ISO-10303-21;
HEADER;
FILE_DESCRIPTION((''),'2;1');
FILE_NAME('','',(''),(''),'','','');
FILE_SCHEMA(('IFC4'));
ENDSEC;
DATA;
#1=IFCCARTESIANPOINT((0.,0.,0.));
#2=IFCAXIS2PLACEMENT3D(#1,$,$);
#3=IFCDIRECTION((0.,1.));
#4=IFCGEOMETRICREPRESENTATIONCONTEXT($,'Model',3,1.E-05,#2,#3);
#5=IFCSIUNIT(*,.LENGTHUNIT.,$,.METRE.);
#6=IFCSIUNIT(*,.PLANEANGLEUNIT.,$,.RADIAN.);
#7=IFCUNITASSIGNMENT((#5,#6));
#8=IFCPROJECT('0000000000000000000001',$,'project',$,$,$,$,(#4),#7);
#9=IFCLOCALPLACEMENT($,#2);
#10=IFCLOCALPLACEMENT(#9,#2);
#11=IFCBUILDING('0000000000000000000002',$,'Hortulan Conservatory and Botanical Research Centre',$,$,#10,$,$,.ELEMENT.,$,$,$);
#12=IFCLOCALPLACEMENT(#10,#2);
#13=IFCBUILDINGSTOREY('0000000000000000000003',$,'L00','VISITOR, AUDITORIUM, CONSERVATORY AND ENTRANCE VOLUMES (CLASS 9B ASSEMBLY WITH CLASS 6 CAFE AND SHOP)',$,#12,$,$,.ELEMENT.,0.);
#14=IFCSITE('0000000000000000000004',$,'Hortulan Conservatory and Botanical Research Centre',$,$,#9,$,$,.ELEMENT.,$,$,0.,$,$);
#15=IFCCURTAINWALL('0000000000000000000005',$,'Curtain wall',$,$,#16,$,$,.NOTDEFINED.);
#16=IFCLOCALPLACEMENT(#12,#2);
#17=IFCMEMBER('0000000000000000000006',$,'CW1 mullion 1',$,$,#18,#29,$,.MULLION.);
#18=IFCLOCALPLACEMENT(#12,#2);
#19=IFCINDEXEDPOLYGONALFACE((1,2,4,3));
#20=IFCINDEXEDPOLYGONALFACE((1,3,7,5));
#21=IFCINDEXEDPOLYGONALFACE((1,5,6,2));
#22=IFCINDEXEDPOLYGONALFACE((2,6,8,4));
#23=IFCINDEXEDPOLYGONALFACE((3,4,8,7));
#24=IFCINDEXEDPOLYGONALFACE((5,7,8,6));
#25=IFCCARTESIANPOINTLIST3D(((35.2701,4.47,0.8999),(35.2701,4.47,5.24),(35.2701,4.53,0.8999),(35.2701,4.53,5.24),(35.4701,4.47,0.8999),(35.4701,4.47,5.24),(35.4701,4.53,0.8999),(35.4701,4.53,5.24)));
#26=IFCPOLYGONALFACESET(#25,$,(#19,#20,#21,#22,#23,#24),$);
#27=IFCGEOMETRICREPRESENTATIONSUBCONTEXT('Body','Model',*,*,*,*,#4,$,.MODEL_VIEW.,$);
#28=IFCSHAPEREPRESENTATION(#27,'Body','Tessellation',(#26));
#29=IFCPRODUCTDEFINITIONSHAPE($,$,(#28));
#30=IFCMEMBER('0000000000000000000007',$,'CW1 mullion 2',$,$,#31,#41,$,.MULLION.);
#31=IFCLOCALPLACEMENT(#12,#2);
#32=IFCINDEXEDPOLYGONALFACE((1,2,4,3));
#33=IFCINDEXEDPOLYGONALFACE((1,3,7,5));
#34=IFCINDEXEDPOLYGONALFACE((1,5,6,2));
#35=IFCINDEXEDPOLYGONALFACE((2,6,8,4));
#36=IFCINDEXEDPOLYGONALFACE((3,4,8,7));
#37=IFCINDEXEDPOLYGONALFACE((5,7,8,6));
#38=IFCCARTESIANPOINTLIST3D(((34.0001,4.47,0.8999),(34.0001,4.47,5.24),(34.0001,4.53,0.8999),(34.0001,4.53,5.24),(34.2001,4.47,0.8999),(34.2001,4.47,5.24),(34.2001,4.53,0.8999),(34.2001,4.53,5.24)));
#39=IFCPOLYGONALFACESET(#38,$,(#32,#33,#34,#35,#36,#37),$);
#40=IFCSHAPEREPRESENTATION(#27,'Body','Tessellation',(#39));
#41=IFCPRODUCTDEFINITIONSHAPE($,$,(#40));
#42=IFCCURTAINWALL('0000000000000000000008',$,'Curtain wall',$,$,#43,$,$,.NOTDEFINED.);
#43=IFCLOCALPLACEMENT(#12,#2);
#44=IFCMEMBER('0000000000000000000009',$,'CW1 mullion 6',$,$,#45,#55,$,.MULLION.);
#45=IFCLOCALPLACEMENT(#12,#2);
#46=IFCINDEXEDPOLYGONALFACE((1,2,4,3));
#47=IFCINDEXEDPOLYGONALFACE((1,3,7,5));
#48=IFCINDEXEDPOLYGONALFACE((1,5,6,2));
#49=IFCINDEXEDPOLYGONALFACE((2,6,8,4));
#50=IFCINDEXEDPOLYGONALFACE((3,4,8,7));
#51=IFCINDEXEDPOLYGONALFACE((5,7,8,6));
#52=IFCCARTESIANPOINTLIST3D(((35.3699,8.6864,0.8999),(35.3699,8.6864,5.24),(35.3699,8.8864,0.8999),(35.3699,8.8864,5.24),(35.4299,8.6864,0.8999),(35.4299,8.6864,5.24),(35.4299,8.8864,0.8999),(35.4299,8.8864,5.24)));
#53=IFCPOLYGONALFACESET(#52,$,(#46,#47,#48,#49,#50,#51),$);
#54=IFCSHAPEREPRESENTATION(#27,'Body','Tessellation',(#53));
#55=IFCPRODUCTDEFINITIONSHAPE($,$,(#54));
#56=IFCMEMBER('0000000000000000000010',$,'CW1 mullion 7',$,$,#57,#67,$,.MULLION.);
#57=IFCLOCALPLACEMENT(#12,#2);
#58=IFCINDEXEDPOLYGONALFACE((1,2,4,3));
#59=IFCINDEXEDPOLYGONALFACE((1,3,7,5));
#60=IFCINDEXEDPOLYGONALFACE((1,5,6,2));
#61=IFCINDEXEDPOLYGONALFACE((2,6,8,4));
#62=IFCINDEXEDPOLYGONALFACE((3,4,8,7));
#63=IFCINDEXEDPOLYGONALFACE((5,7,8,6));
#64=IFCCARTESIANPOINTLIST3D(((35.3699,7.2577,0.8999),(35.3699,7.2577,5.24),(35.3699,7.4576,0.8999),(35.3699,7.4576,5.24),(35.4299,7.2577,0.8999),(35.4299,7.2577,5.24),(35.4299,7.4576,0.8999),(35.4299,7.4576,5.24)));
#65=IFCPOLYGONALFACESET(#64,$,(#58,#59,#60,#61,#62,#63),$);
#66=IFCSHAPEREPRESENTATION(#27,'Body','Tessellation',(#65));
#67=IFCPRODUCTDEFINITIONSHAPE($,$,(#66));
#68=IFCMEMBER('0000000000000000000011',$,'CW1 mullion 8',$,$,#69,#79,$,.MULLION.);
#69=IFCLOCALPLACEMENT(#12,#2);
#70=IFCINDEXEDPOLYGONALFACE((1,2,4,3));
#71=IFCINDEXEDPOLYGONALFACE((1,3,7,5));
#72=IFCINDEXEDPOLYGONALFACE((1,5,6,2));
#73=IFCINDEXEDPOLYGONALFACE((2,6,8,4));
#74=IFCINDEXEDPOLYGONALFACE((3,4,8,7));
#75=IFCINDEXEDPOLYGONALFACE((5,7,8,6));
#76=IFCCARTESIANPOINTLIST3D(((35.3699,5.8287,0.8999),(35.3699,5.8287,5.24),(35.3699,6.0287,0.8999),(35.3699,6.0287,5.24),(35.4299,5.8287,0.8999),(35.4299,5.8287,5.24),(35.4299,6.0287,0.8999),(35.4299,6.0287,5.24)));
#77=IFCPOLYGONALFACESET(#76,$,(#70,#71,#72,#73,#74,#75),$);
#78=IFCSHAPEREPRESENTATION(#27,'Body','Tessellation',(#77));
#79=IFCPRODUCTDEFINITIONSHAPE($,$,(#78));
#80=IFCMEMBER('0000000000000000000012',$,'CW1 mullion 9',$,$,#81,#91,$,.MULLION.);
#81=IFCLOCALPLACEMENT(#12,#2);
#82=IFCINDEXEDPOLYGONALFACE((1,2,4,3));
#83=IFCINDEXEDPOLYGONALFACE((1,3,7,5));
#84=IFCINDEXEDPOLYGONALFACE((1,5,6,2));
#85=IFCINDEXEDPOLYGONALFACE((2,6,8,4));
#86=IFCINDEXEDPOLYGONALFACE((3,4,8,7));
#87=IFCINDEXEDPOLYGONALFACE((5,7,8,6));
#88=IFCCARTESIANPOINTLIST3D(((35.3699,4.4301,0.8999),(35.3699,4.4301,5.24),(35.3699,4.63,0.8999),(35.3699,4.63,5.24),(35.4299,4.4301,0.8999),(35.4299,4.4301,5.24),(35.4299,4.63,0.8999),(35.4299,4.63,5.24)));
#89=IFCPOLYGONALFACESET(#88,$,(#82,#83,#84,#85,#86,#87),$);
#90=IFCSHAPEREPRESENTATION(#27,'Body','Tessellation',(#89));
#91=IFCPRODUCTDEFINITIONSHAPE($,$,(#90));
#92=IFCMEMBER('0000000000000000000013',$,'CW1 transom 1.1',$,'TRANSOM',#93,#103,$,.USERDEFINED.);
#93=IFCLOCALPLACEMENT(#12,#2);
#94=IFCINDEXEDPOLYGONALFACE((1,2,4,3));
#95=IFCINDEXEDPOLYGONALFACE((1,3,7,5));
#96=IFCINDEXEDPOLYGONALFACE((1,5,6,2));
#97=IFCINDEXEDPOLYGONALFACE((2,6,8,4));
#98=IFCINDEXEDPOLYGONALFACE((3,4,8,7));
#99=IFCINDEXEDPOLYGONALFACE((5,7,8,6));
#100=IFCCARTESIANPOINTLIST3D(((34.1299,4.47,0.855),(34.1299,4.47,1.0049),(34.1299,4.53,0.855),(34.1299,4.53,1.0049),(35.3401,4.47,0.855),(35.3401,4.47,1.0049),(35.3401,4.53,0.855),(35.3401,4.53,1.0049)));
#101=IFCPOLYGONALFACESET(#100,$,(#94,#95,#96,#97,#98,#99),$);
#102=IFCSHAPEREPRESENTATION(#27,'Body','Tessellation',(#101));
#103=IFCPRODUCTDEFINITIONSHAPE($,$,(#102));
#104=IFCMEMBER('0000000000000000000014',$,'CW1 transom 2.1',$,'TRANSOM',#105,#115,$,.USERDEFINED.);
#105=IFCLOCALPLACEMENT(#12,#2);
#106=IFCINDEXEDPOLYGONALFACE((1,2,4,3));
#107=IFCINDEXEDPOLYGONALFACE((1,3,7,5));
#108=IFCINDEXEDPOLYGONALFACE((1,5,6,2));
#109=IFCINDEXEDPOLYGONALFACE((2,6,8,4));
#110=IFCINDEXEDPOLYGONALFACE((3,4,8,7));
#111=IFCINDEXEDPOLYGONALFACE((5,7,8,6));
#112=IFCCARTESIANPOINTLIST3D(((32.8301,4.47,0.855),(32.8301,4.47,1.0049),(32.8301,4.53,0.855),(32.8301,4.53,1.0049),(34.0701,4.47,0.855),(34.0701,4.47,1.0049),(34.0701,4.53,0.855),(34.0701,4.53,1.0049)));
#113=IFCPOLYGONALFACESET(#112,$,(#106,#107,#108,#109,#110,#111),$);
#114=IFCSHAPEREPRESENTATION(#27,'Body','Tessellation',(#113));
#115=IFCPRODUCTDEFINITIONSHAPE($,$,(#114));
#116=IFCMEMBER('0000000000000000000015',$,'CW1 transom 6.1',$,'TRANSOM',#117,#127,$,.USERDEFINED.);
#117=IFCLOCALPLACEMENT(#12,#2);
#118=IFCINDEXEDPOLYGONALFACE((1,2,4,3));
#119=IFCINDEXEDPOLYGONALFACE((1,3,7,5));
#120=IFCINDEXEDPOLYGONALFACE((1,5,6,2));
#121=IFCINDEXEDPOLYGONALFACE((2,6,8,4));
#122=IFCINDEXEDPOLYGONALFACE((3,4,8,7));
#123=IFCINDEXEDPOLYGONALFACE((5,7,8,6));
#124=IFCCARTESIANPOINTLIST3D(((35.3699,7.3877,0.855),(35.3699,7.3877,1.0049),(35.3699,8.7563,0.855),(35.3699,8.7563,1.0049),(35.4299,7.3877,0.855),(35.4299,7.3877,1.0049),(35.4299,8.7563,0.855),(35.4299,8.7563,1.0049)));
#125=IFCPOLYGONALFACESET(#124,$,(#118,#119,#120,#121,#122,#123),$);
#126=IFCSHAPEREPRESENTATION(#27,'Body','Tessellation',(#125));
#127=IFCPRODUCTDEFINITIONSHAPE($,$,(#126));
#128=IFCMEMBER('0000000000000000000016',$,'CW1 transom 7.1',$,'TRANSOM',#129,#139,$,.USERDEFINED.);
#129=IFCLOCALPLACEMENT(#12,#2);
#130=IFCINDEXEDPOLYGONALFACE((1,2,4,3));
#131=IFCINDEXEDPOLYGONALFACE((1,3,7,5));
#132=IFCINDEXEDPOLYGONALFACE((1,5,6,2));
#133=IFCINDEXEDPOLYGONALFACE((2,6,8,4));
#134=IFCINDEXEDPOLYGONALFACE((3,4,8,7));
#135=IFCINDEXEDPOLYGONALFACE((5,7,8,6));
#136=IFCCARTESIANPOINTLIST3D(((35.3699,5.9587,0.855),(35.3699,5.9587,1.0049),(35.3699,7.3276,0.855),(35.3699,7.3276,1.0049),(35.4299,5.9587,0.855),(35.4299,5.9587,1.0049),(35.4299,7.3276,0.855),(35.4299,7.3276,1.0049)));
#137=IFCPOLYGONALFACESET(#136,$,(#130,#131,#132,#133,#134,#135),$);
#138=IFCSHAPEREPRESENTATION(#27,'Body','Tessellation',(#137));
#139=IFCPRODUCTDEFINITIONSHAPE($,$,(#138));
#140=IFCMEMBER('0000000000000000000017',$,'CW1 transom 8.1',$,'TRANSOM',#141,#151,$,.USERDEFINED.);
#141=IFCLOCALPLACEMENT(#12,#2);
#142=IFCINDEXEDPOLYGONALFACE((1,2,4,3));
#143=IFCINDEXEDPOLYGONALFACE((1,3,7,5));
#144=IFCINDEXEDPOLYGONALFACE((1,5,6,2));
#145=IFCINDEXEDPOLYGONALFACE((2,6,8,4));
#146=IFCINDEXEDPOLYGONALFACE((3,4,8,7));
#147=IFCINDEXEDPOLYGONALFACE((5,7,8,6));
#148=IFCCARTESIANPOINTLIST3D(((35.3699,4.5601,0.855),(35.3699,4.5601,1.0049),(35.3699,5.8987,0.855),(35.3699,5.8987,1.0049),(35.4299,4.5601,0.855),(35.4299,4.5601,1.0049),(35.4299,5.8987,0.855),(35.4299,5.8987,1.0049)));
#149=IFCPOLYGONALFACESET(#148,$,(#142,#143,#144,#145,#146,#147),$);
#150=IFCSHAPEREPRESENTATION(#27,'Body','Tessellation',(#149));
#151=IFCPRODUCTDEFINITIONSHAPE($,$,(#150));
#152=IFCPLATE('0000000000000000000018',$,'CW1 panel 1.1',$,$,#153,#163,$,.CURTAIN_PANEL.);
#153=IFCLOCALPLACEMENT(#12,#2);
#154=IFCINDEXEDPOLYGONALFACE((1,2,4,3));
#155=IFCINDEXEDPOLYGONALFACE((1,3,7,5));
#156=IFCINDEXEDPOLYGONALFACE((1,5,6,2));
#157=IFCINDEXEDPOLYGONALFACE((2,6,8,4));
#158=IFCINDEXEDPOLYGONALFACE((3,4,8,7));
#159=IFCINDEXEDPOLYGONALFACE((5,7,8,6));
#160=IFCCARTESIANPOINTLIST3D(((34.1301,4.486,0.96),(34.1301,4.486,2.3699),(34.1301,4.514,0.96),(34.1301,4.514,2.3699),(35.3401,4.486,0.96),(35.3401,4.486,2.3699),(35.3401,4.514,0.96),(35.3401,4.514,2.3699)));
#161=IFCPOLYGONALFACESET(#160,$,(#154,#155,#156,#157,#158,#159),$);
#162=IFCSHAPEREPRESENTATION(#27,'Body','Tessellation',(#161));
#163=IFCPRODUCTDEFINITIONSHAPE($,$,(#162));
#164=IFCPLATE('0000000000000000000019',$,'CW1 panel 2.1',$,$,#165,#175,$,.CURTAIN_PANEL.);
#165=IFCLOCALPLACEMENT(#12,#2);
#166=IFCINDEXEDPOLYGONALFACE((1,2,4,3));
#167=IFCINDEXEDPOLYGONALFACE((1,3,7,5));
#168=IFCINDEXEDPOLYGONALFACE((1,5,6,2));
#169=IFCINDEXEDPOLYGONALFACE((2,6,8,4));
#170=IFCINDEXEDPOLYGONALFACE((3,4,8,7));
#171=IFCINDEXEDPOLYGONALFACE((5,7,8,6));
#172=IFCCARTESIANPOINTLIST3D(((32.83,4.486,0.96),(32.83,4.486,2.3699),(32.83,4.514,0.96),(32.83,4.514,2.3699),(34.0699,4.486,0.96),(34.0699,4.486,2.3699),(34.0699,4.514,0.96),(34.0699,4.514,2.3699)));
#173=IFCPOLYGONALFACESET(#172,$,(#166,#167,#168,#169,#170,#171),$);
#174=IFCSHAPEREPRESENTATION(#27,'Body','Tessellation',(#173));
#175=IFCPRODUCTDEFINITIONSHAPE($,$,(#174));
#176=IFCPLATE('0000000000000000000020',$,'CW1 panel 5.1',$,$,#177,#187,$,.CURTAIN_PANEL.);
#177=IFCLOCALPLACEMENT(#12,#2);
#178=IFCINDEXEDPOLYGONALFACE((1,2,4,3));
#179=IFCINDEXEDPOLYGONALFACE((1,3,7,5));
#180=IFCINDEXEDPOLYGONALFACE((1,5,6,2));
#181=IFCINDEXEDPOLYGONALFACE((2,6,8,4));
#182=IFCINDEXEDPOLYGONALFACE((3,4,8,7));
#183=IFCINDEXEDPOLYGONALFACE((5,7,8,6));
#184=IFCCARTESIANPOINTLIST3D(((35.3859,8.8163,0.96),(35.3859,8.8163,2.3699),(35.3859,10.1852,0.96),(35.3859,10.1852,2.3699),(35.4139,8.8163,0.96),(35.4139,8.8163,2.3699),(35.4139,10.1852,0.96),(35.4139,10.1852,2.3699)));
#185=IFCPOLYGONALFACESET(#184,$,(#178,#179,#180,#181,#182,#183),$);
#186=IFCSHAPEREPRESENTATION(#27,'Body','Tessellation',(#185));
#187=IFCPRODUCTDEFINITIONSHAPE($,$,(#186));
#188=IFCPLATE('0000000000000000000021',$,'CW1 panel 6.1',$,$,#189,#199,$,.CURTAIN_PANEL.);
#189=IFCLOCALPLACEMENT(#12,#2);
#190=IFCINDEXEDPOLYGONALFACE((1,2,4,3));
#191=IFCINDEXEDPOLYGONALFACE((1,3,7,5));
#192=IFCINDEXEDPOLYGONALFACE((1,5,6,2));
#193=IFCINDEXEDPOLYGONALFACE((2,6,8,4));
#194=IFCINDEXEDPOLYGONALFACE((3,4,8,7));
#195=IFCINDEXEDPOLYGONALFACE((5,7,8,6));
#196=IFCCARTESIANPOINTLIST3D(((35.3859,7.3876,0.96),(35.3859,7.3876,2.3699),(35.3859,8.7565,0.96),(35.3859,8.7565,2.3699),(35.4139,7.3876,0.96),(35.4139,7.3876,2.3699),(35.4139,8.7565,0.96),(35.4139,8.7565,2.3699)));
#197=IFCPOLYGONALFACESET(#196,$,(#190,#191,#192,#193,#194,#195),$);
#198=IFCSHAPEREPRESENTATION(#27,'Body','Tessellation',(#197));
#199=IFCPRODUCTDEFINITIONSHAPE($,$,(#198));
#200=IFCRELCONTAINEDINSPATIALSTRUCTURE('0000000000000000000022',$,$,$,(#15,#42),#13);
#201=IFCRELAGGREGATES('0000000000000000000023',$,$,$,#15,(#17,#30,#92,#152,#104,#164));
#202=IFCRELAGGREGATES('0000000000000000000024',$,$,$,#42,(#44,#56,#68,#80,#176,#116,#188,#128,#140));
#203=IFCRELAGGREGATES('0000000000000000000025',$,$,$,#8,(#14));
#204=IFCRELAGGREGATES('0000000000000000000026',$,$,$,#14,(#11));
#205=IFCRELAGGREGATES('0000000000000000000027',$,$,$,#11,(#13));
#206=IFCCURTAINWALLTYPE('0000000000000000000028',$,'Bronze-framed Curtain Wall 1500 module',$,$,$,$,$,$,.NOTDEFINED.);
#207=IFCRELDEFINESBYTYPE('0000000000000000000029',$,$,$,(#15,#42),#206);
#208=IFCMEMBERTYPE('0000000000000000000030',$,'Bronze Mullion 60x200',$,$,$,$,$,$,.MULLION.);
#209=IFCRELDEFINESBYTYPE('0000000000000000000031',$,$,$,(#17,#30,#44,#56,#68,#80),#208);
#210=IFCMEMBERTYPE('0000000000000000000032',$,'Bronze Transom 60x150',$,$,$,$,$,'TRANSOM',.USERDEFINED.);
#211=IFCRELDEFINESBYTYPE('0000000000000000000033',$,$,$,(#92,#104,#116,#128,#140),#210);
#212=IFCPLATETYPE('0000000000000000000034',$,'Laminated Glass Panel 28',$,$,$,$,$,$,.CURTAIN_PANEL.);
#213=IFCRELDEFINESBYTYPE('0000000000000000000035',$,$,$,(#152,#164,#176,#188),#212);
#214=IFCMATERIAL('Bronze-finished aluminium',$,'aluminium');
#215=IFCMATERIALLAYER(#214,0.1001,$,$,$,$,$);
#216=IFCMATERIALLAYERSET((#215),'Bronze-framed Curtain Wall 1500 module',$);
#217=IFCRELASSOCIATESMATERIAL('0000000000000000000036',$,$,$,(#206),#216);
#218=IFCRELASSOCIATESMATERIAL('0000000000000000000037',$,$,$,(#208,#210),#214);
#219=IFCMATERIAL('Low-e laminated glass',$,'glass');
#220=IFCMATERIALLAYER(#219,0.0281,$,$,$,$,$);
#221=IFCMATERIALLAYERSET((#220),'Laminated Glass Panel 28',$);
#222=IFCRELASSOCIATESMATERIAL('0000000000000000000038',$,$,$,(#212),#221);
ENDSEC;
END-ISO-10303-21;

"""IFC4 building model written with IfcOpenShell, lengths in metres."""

from ifc_helpers import new_model, si_unit, direction, frame, origin, origin_2d, place, context, subcontext, project, spatial, rectangle, extrude, material, layer, layer_set, material_profile, profile_set, type_object, element, aggregate, save


model = new_model("IFC4")

# Units and contexts
model_context = context("Model", 3, precision=1e-05, world=origin(), true_north=direction((0.0, 1.0)))
body_context = subcontext(model_context, "Body", "Model", "MODEL_VIEW")
ifc_project = project(units=[si_unit("LENGTHUNIT", "METRE"), si_unit("PLANEANGLEUNIT", "RADIAN")], contexts=[model_context])

# Site, building, storey
site_placement = place(None, origin())
site = spatial("IfcSite", under=ifc_project, at=site_placement, Name="Hortulan Conservatory and Botanical Research Centre", CompositionType="ELEMENT", RefElevation=0.0)
building_placement = place(site_placement, origin())
building = spatial("IfcBuilding", under=site, at=building_placement, Name="Hortulan Conservatory and Botanical Research Centre", CompositionType="ELEMENT")
storey_placement = place(building_placement, origin())
storey = spatial("IfcBuildingStorey", under=building, at=storey_placement, Name="L00", Description="VISITOR, AUDITORIUM, CONSERVATORY AND ENTRANCE VOLUMES (CLASS 9B ASSEMBLY WITH CLASS 6 CAFE AND SHOP)", CompositionType="ELEMENT", Elevation=0.0)

# Curtain walls, members
ifc_material_1 = material(Name="Bronze-finished aluminium", Category="aluminium")
ifc_layer_1 = layer(ifc_material_1, 0.1001)
ifc_layer_set_1 = layer_set([ifc_layer_1], Name="Bronze-framed Curtain Wall 1500 module")
curtain_wall_type = type_object("IfcCurtainWallType", Name="Bronze-framed Curtain Wall 1500 module", PredefinedType="NOTDEFINED", material=ifc_layer_set_1)
curtain_wall_1_placement = place(storey_placement, origin())
curtain_wall_1 = element("IfcCurtainWall", 1, at=curtain_wall_1_placement, inside=storey, type_object=curtain_wall_type, Name="Curtain wall", PredefinedType="NOTDEFINED")
ifc_material_profile_1 = material_profile(ifc_material_1, rectangle(XDim=0.0601, YDim=0.2, at=origin_2d()), Name="Bronze Mullion 60x200")
ifc_profile_set_1 = profile_set([ifc_material_profile_1], Name="Bronze-finished aluminium")
member_type_1 = type_object("IfcMemberType", Name="Bronze Mullion 60x200", PredefinedType="MULLION", material=ifc_profile_set_1)
member_1_placement = place(storey_placement, frame((35.3701, 4.5, 0.8999), z_axis=(0.0, 0.0, 1.0), x_axis=(0.0, -1.0, 0.0)))
member_1 = element("IfcMember", 2, at=member_1_placement, type_object=member_type_1, Name="CW1 mullion 1", PredefinedType="MULLION", context=body_context, shape_type="SweptSolid", body=[
    extrude(rectangle(XDim=0.0601, YDim=0.2, at=origin_2d()), origin(), (0.0, 0.0, 1.0), 4.3401),
])
member_2_placement = place(storey_placement, frame((34.1001, 4.5, 0.8999), z_axis=(0.0, 0.0, 1.0), x_axis=(0.0, -1.0, 0.0)))
member_2 = element("IfcMember", 3, at=member_2_placement, type_object=member_type_1, Name="CW1 mullion 2", PredefinedType="MULLION", context=body_context, shape_type="SweptSolid", body=[
    extrude(rectangle(XDim=0.0601, YDim=0.2, at=origin_2d()), origin(), (0.0, 0.0, 1.0), 4.3401),
])
curtain_wall_2_placement = place(storey_placement, origin())
curtain_wall_2 = element("IfcCurtainWall", 4, at=curtain_wall_2_placement, inside=storey, type_object=curtain_wall_type, Name="Curtain wall", PredefinedType="NOTDEFINED")
member_3_placement = place(storey_placement, frame((35.3999, 8.7864, 0.8999), z_axis=(0.0, 0.0, 1.0), x_axis=(1.0, 0.0, 0.0)))
member_3 = element("IfcMember", 5, at=member_3_placement, type_object=member_type_1, Name="CW1 mullion 6", PredefinedType="MULLION", context=body_context, shape_type="SweptSolid", body=[
    extrude(rectangle(XDim=0.0601, YDim=0.2, at=origin_2d()), origin(), (0.0, 0.0, 1.0), 4.3401),
])
member_4_placement = place(storey_placement, frame((35.3999, 7.3577, 0.8999), z_axis=(0.0, 0.0, 1.0), x_axis=(1.0, 0.0, 0.0)))
member_4 = element("IfcMember", 6, at=member_4_placement, type_object=member_type_1, Name="CW1 mullion 7", PredefinedType="MULLION", context=body_context, shape_type="SweptSolid", body=[
    extrude(rectangle(XDim=0.0601, YDim=0.2, at=origin_2d()), origin(), (0.0, 0.0, 1.0), 4.3401),
])
member_5_placement = place(storey_placement, frame((35.3999, 5.9287, 0.8999), z_axis=(0.0, 0.0, 1.0), x_axis=(1.0, 0.0, 0.0)))
member_5 = element("IfcMember", 7, at=member_5_placement, type_object=member_type_1, Name="CW1 mullion 8", PredefinedType="MULLION", context=body_context, shape_type="SweptSolid", body=[
    extrude(rectangle(XDim=0.0601, YDim=0.2, at=origin_2d()), origin(), (0.0, 0.0, 1.0), 4.3401),
])
member_6_placement = place(storey_placement, frame((35.3999, 4.53, 0.8999), z_axis=(0.0, 0.0, 1.0), x_axis=(1.0, 0.0, 0.0)))
member_6 = element("IfcMember", 8, at=member_6_placement, type_object=member_type_1, Name="CW1 mullion 9", PredefinedType="MULLION", context=body_context, shape_type="SweptSolid", body=[
    extrude(rectangle(XDim=0.0601, YDim=0.2, at=origin_2d()), origin(), (0.0, 0.0, 1.0), 4.3401),
])

# Members
ifc_material_profile_2 = material_profile(ifc_material_1, rectangle(XDim=0.0601, YDim=0.1499, at=origin_2d()), Name="Bronze Transom 60x150")
ifc_profile_set_2 = profile_set([ifc_material_profile_2], Name="Bronze-finished aluminium")
member_type_2 = type_object("IfcMemberType", Name="Bronze Transom 60x150", ElementType="TRANSOM", PredefinedType="USERDEFINED", material=ifc_profile_set_2)
member_7_placement = place(storey_placement, frame((35.3401, 4.5, 0.9299), z_axis=(-1.0, 0.0, 0.0), x_axis=(0.0, -1.0, 0.0)))
member_7 = element("IfcMember", 9, at=member_7_placement, type_object=member_type_2, Name="CW1 transom 1.1", ObjectType="TRANSOM", PredefinedType="USERDEFINED", context=body_context, shape_type="SweptSolid", body=[
    extrude(rectangle(XDim=0.0601, YDim=0.1499, at=origin_2d()), origin(), (0.0, 0.0, 1.0), 1.2102),
])
member_8_placement = place(storey_placement, frame((34.0701, 4.5, 0.9299), z_axis=(-1.0, 0.0, 0.0), x_axis=(0.0, -1.0, 0.0)))
member_8 = element("IfcMember", 10, at=member_8_placement, type_object=member_type_2, Name="CW1 transom 2.1", ObjectType="TRANSOM", PredefinedType="USERDEFINED", context=body_context, shape_type="SweptSolid", body=[
    extrude(rectangle(XDim=0.0601, YDim=0.1499, at=origin_2d()), origin(), (0.0, 0.0, 1.0), 1.24),
])
member_9_placement = place(storey_placement, frame((35.3999, 8.7563, 0.9299), z_axis=(0.0, -1.0, 0.0), x_axis=(1.0, 0.0, 0.0)))
member_9 = element("IfcMember", 11, at=member_9_placement, type_object=member_type_2, Name="CW1 transom 6.1", ObjectType="TRANSOM", PredefinedType="USERDEFINED", context=body_context, shape_type="SweptSolid", body=[
    extrude(rectangle(XDim=0.0601, YDim=0.1499, at=origin_2d()), origin(), (0.0, 0.0, 1.0), 1.3687),
])
member_10_placement = place(storey_placement, frame((35.3999, 7.3276, 0.9299), z_axis=(0.0, -1.0, 0.0), x_axis=(1.0, 0.0, 0.0)))
member_10 = element("IfcMember", 12, at=member_10_placement, type_object=member_type_2, Name="CW1 transom 7.1", ObjectType="TRANSOM", PredefinedType="USERDEFINED", context=body_context, shape_type="SweptSolid", body=[
    extrude(rectangle(XDim=0.0601, YDim=0.1499, at=origin_2d()), origin(), (0.0, 0.0, 1.0), 1.3689),
])
member_11_placement = place(storey_placement, frame((35.3999, 5.8987, 0.9299), z_axis=(0.0, -1.0, 0.0), x_axis=(1.0, 0.0, 0.0)))
member_11 = element("IfcMember", 13, at=member_11_placement, type_object=member_type_2, Name="CW1 transom 8.1", ObjectType="TRANSOM", PredefinedType="USERDEFINED", context=body_context, shape_type="SweptSolid", body=[
    extrude(rectangle(XDim=0.0601, YDim=0.1499, at=origin_2d()), origin(), (0.0, 0.0, 1.0), 1.3386),
])

# Plates
ifc_material_2 = material(Name="Low-e laminated glass", Category="glass")
ifc_layer_2 = layer(ifc_material_2, 0.0281)
ifc_layer_set_2 = layer_set([ifc_layer_2], Name="Laminated Glass Panel 28")
plate_type = type_object("IfcPlateType", Name="Laminated Glass Panel 28", PredefinedType="CURTAIN_PANEL", material=ifc_layer_set_2)
plate_1_placement = place(storey_placement, frame((34.7351, 4.5, 0.96), z_axis=(0.0, 0.0, 1.0), x_axis=(-1.0, 0.0, 0.0)))
plate_1 = element("IfcPlate", 14, at=plate_1_placement, type_object=plate_type, Name="CW1 panel 1.1", PredefinedType="CURTAIN_PANEL", context=body_context, shape_type="SweptSolid", body=[
    extrude(rectangle(XDim=1.21, YDim=0.0281, at=origin_2d()), origin(), (0.0, 0.0, 1.0), 1.4099),
])
plate_2_placement = place(storey_placement, frame((33.45, 4.5, 0.96), z_axis=(0.0, 0.0, 1.0), x_axis=(-1.0, 0.0, 0.0)))
plate_2 = element("IfcPlate", 15, at=plate_2_placement, type_object=plate_type, Name="CW1 panel 2.1", PredefinedType="CURTAIN_PANEL", context=body_context, shape_type="SweptSolid", body=[
    extrude(rectangle(XDim=1.24, YDim=0.0281, at=origin_2d()), origin(), (0.0, 0.0, 1.0), 1.4099),
])
aggregate(curtain_wall_1, [member_1, member_2, member_7, plate_1, member_8, plate_2])
plate_3_placement = place(storey_placement, frame((35.3999, 9.5007, 0.96), z_axis=(0.0, 0.0, 1.0), x_axis=(0.0, -1.0, 0.0)))
plate_3 = element("IfcPlate", 16, at=plate_3_placement, type_object=plate_type, Name="CW1 panel 5.1", PredefinedType="CURTAIN_PANEL", context=body_context, shape_type="SweptSolid", body=[
    extrude(rectangle(XDim=1.3689, YDim=0.0281, at=origin_2d()), origin(), (0.0, 0.0, 1.0), 1.4099),
])
plate_4_placement = place(storey_placement, frame((35.3999, 8.072, 0.96), z_axis=(0.0, 0.0, 1.0), x_axis=(0.0, -1.0, 0.0)))
plate_4 = element("IfcPlate", 17, at=plate_4_placement, type_object=plate_type, Name="CW1 panel 6.1", PredefinedType="CURTAIN_PANEL", context=body_context, shape_type="SweptSolid", body=[
    extrude(rectangle(XDim=1.3689, YDim=0.0281, at=origin_2d()), origin(), (0.0, 0.0, 1.0), 1.4099),
])
aggregate(curtain_wall_2, [member_3, member_4, member_5, member_6, plate_3, member_9, plate_4, member_10, member_11])

save(model, "model.ifc")
